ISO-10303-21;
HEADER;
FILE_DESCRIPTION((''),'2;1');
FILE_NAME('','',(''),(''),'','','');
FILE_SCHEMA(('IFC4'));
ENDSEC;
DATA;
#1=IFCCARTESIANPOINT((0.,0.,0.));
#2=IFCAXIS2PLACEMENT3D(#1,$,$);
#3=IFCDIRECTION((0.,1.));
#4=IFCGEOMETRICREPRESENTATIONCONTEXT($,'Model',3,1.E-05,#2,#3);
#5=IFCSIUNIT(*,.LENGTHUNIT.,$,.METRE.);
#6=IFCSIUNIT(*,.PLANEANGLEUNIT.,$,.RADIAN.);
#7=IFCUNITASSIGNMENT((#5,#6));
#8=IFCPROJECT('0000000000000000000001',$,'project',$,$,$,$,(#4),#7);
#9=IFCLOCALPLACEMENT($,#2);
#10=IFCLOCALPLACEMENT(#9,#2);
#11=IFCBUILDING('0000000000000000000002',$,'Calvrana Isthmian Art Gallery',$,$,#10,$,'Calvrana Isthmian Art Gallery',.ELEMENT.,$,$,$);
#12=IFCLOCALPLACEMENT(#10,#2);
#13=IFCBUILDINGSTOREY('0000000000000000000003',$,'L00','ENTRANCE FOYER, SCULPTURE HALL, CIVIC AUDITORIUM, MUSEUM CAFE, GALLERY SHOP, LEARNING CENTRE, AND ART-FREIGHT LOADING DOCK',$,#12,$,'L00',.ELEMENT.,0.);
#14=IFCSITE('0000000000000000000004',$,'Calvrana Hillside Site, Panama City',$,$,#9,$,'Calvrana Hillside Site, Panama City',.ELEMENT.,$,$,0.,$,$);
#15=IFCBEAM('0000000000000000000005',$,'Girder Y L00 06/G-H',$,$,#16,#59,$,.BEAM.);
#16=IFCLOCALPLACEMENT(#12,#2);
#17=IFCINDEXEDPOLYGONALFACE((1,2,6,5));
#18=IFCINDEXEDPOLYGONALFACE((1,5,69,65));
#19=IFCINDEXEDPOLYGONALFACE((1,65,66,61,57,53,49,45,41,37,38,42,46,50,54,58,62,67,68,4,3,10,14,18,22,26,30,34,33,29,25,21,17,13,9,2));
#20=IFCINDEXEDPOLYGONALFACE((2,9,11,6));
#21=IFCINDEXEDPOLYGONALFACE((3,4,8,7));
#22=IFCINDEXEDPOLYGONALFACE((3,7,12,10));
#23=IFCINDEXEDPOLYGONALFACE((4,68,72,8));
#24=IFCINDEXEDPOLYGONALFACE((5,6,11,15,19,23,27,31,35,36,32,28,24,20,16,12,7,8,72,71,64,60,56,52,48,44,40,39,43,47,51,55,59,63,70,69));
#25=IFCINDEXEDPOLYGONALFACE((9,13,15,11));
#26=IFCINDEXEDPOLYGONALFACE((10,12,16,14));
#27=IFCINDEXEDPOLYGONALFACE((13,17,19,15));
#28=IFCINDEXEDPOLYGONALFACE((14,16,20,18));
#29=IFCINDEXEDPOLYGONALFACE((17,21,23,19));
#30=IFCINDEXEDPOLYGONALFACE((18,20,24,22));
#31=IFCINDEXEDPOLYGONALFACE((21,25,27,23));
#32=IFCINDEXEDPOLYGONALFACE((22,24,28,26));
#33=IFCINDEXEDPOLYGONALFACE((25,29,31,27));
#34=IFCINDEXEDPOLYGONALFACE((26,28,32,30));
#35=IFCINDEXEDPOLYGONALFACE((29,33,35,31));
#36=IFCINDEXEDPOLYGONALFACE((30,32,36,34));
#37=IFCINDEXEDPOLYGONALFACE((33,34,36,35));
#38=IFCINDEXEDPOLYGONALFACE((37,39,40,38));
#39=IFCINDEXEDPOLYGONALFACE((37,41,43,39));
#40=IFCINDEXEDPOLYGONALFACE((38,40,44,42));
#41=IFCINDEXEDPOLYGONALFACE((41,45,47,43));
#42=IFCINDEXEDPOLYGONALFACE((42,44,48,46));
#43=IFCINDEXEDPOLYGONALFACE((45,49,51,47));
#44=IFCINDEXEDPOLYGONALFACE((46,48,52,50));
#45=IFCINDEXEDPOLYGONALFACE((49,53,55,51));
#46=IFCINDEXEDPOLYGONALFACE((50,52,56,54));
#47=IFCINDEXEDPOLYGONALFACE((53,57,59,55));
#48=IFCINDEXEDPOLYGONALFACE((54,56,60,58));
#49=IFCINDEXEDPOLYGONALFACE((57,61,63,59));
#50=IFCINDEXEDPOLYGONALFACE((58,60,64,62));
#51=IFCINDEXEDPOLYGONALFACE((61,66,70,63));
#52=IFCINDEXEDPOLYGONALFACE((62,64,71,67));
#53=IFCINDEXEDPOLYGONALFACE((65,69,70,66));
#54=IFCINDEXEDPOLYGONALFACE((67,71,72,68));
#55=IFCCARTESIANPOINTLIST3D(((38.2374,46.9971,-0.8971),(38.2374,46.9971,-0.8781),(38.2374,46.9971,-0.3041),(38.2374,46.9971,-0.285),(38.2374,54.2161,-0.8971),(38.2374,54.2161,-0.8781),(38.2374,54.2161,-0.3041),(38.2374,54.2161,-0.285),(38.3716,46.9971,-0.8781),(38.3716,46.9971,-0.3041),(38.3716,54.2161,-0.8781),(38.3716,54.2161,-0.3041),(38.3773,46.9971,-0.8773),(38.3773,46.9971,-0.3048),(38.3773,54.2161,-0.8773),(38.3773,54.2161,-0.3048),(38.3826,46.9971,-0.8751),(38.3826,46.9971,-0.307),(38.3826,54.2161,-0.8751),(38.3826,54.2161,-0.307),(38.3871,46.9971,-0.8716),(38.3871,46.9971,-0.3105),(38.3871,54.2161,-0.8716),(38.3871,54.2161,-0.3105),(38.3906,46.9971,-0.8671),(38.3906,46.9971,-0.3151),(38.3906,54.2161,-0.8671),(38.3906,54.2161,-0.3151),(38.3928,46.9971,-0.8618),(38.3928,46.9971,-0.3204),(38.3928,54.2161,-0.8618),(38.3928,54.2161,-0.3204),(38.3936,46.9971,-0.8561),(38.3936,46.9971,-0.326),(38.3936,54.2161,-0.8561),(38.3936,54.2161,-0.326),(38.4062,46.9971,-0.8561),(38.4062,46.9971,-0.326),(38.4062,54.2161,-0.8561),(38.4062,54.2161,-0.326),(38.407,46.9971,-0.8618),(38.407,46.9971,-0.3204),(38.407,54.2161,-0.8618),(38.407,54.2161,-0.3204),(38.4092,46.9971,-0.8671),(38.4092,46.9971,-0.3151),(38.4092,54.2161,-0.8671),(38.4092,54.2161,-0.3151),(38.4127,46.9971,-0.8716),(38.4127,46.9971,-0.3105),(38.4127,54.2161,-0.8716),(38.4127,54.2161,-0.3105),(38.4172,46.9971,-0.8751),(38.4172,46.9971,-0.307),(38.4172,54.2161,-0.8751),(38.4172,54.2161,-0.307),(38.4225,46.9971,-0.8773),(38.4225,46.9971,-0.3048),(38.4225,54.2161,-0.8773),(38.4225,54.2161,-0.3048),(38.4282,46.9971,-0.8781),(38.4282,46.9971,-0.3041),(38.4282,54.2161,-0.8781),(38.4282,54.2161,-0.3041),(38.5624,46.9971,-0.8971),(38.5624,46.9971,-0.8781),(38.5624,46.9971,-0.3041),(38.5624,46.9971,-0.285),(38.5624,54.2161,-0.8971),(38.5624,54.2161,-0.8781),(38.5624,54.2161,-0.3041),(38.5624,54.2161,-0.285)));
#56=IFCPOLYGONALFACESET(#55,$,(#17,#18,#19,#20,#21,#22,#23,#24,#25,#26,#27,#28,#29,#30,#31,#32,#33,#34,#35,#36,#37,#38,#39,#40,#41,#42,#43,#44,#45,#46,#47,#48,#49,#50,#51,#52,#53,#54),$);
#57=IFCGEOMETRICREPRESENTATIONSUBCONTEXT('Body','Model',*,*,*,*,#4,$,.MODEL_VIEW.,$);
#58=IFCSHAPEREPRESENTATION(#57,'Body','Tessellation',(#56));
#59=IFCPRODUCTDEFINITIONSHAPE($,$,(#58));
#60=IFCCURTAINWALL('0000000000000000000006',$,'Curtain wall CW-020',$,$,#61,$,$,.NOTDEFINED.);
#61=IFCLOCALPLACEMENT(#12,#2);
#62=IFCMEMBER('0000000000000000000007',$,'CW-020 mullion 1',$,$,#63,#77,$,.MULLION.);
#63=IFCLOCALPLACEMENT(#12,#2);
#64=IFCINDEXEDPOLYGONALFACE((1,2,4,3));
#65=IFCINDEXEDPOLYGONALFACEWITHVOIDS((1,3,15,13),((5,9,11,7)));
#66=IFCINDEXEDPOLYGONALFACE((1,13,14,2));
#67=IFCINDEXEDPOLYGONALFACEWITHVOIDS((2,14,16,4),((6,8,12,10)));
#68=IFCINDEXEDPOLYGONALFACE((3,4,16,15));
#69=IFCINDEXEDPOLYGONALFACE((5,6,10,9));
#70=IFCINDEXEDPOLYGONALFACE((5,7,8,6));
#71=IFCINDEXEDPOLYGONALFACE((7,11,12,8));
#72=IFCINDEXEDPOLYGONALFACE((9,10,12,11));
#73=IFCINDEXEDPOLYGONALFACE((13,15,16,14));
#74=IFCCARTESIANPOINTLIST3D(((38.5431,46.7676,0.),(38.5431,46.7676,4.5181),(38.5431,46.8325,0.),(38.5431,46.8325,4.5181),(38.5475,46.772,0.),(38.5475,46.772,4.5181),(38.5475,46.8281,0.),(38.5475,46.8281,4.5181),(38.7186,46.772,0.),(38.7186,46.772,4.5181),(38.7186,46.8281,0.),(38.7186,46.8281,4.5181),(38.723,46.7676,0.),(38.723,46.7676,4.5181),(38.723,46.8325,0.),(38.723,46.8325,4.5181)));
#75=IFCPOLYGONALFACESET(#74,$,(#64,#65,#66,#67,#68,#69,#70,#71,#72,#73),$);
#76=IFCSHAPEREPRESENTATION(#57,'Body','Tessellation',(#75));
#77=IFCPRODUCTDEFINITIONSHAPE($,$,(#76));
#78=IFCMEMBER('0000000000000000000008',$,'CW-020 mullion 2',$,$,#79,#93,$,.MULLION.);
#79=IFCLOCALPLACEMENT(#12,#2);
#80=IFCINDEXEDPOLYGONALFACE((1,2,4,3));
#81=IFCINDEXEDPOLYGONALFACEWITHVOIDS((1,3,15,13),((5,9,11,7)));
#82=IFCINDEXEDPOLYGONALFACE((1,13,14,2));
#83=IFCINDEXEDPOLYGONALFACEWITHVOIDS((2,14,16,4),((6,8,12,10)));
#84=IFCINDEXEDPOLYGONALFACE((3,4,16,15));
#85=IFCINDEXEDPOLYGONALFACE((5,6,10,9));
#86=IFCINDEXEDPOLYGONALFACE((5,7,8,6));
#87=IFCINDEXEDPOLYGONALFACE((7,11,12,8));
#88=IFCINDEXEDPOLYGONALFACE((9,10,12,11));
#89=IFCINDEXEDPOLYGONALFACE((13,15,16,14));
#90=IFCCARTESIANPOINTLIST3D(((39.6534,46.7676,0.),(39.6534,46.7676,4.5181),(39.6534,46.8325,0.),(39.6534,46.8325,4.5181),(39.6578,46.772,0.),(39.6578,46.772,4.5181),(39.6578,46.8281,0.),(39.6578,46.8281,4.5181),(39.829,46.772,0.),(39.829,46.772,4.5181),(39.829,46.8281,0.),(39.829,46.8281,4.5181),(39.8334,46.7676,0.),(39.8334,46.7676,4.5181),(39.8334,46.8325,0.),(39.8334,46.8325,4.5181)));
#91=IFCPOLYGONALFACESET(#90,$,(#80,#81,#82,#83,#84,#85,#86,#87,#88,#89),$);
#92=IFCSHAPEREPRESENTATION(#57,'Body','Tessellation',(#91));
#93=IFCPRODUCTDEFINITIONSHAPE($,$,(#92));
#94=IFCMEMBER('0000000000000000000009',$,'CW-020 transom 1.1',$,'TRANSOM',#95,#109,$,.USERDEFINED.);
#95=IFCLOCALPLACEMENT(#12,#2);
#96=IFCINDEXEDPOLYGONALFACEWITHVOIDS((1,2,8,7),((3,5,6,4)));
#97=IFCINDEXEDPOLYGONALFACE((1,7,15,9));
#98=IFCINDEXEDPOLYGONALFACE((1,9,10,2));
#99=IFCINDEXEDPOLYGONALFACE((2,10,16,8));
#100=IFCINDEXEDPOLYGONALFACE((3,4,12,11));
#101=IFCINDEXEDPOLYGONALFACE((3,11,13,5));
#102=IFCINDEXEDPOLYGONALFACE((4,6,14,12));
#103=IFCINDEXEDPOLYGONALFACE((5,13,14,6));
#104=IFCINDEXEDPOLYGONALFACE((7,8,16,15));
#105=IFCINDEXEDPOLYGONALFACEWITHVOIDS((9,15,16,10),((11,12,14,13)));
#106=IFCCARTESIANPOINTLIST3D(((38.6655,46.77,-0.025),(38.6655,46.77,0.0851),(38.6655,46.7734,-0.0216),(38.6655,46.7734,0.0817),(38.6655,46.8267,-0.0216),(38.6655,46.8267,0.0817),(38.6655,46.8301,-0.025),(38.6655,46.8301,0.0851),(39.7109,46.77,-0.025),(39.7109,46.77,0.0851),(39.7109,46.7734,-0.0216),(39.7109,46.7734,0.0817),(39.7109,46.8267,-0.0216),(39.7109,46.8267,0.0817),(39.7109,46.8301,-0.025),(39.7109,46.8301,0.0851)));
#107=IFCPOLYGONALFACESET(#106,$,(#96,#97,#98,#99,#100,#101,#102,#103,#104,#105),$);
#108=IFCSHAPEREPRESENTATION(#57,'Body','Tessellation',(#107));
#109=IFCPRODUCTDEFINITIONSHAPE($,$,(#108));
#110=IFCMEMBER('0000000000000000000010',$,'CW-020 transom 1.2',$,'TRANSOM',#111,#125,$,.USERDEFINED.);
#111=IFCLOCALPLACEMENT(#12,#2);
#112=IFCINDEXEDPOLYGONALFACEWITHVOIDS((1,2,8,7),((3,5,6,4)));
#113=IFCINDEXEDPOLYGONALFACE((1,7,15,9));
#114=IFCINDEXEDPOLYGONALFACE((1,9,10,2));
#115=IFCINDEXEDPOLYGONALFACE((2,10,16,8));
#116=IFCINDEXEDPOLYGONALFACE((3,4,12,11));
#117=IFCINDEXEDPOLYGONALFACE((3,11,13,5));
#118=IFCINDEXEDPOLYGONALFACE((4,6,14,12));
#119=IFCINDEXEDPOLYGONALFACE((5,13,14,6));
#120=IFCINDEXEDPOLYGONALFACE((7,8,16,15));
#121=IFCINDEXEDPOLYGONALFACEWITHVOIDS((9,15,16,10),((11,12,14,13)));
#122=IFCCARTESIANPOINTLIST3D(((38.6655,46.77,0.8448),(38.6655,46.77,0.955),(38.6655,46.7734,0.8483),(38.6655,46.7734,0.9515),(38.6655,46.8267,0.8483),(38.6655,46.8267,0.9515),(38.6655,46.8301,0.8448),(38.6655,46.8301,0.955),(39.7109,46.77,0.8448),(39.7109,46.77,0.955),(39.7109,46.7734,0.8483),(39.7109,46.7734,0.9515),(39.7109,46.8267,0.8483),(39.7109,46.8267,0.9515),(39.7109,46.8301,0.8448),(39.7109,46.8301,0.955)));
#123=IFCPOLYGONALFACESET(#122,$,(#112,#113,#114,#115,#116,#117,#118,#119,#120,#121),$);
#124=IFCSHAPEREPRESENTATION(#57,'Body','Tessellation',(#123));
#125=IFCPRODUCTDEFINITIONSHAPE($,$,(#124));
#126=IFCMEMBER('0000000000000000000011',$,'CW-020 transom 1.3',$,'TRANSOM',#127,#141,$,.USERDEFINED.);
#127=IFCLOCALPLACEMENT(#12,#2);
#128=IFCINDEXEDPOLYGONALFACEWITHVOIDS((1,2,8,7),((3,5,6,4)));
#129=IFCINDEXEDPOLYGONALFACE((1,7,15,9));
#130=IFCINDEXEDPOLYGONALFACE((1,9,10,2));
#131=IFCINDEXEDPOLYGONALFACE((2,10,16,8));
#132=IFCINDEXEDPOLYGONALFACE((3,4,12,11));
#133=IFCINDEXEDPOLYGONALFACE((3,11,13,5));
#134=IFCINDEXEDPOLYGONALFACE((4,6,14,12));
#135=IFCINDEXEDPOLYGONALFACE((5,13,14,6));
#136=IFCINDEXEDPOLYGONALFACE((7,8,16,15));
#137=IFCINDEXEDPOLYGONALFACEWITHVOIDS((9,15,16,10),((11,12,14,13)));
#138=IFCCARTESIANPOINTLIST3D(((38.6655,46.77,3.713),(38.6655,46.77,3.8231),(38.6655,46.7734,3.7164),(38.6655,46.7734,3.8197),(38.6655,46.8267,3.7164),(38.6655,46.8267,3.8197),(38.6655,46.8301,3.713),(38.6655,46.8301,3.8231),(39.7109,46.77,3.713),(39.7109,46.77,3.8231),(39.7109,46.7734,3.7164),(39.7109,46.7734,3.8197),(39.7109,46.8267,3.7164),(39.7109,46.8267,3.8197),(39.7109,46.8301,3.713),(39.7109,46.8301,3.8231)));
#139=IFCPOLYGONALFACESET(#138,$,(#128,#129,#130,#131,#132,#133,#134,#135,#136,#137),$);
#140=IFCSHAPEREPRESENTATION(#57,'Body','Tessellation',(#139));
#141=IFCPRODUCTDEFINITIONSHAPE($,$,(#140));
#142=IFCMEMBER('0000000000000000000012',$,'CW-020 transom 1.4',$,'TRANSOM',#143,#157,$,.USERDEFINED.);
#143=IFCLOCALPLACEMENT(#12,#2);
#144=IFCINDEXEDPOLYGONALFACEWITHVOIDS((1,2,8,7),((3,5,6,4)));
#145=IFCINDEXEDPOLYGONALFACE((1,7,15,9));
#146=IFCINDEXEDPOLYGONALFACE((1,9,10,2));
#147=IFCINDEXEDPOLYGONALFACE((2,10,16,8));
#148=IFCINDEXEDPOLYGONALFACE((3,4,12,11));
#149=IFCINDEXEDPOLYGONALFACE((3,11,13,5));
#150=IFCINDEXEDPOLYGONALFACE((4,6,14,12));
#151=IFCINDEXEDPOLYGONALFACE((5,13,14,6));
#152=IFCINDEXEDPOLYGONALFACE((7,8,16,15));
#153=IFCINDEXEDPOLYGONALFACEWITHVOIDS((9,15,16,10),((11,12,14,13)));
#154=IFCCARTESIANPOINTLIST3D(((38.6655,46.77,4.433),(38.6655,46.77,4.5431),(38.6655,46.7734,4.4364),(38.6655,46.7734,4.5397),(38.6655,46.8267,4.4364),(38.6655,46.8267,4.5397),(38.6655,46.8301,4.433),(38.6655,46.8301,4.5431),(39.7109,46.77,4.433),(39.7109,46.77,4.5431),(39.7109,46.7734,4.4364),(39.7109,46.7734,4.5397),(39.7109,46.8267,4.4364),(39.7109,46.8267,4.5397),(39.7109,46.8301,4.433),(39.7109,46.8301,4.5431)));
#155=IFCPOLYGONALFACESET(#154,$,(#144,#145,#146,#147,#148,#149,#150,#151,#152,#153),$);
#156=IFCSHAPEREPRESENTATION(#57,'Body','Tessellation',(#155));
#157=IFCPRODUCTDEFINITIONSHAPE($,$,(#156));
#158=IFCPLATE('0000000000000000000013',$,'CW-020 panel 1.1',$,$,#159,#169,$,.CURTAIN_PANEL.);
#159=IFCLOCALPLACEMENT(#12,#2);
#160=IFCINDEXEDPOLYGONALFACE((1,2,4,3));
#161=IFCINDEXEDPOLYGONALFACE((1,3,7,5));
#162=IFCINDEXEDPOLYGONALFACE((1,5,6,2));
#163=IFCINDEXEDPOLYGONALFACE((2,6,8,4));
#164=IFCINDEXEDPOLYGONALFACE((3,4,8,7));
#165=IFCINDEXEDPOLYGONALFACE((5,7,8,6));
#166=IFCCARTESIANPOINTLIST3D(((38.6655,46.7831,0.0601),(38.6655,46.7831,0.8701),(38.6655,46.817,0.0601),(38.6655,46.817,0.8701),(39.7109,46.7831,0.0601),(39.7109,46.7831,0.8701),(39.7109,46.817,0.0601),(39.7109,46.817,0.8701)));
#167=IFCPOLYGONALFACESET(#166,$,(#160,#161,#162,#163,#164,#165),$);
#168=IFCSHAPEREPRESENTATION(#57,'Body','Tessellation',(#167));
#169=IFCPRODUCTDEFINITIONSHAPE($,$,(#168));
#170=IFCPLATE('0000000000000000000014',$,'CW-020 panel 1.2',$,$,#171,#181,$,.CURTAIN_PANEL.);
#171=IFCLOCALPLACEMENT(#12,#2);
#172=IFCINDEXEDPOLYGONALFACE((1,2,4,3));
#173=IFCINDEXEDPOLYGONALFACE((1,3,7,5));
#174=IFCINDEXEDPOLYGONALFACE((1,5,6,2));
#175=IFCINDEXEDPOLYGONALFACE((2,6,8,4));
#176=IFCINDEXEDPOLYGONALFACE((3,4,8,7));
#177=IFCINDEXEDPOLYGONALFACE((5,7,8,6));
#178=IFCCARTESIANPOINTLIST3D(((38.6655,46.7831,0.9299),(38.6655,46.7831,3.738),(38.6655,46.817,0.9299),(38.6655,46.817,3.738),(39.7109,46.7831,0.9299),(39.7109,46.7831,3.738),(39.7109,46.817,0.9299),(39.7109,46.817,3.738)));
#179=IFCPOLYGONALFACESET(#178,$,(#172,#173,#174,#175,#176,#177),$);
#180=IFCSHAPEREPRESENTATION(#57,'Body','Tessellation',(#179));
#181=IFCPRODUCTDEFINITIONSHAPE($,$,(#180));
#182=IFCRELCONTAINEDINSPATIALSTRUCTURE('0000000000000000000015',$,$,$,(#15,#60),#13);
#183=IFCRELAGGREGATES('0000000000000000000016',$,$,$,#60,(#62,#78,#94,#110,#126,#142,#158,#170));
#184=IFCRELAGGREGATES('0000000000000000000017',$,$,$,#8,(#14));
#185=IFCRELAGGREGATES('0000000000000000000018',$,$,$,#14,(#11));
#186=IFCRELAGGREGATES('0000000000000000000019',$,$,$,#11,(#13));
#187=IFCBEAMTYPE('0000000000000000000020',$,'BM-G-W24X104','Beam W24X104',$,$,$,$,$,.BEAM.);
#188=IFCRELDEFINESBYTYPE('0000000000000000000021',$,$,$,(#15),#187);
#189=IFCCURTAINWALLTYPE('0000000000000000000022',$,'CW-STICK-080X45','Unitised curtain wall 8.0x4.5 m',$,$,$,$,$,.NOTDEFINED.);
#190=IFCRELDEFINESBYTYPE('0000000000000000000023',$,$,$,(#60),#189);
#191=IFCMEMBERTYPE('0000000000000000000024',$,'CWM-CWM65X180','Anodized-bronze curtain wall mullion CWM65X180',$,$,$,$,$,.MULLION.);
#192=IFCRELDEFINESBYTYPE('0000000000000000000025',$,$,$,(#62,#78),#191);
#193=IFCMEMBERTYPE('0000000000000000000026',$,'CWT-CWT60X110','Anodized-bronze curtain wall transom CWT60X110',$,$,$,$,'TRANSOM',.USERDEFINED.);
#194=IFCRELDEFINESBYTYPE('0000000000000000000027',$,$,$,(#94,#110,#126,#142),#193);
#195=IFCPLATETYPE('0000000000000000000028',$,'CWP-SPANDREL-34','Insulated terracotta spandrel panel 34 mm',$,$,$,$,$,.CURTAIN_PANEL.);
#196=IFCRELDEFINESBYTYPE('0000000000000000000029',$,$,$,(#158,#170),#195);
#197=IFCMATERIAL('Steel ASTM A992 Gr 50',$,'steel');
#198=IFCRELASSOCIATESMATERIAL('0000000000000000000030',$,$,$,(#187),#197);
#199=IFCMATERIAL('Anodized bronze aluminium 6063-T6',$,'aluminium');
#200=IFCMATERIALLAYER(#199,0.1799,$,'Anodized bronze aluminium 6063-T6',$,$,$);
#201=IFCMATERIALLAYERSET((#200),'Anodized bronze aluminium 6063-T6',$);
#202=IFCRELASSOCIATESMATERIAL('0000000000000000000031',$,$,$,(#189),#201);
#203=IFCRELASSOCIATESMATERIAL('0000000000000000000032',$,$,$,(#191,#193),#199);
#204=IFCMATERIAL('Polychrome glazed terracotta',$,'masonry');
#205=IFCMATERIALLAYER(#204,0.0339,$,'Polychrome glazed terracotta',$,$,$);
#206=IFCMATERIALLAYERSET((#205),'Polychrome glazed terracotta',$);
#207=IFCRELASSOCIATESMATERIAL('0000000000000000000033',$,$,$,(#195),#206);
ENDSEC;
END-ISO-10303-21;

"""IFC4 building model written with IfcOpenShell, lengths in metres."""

from ifc_helpers import new_model, si_unit, direction, frame, origin, origin_2d, place, context, subcontext, project, spatial, rectangle, hollow_rectangle, i_section, extrude, material, layer, layer_set, material_profile, profile_set, type_object, element, aggregate, save


model = new_model("IFC4")

# Units and contexts
model_context = context("Model", 3, precision=1e-05, world=origin(), true_north=direction((0.0, 1.0)))
body_context = subcontext(model_context, "Body", "Model", "MODEL_VIEW")
ifc_project = project(units=[si_unit("LENGTHUNIT", "METRE"), si_unit("PLANEANGLEUNIT", "RADIAN")], contexts=[model_context])

# Site, building, storey
site_placement = place(None, origin())
site = spatial("IfcSite", under=ifc_project, at=site_placement, Name="Calvrana Hillside Site, Panama City", LongName="Calvrana Hillside Site, Panama City", CompositionType="ELEMENT", RefElevation=0.0)
building_placement = place(site_placement, origin())
building = spatial("IfcBuilding", under=site, at=building_placement, Name="Calvrana Isthmian Art Gallery", LongName="Calvrana Isthmian Art Gallery", CompositionType="ELEMENT")
storey_placement = place(building_placement, origin())
storey = spatial("IfcBuildingStorey", under=building, at=storey_placement, Name="L00", Description="ENTRANCE FOYER, SCULPTURE HALL, CIVIC AUDITORIUM, MUSEUM CAFE, GALLERY SHOP, LEARNING CENTRE, AND ART-FREIGHT LOADING DOCK", LongName="L00", CompositionType="ELEMENT", Elevation=0.0)

# Beam
ifc_material_1 = material(Name="Steel ASTM A992 Gr 50", Category="steel")
ifc_material_profile_1 = material_profile(ifc_material_1, i_section(OverallWidth=0.325, OverallDepth=0.6121, WebThickness=0.0127, FlangeThickness=0.019, FilletRadius=0.022, at=origin_2d()), Name="W24X104")
ifc_profile_set_1 = profile_set([ifc_material_profile_1], Name="Steel ASTM A992 Gr 50")
beam_type = type_object("IfcBeamType", Name="BM-G-W24X104", Description="Beam W24X104", PredefinedType="BEAM", material=ifc_profile_set_1)
beam_placement = place(storey_placement, frame((38.3999, 46.9971, -0.5911), z_axis=(0.0, 1.0, 0.0), x_axis=(-1.0, 0.0, 0.0)))
element("IfcBeam", 1, at=beam_placement, inside=storey, type_object=beam_type, Name="Girder Y L00 06/G-H", PredefinedType="BEAM", context=body_context, shape_type="SweptSolid", body=[
    extrude(i_section(OverallWidth=0.325, OverallDepth=0.6121, WebThickness=0.0127, FlangeThickness=0.019, FilletRadius=0.022, at=origin_2d()), origin(), (0.0, 0.0, 1.0), 7.219),
])

# Curtain wall, members, plates
ifc_material_2 = material(Name="Anodized bronze aluminium 6063-T6", Category="aluminium")
ifc_layer_1 = layer(ifc_material_2, 0.1799, Name="Anodized bronze aluminium 6063-T6")
ifc_layer_set_1 = layer_set([ifc_layer_1], Name="Anodized bronze aluminium 6063-T6")
curtain_wall_type = type_object("IfcCurtainWallType", Name="CW-STICK-080X45", Description="Unitised curtain wall 8.0x4.5 m", PredefinedType="NOTDEFINED", material=ifc_layer_set_1)
curtain_wall_placement = place(storey_placement, origin())
curtain_wall = element("IfcCurtainWall", 2, at=curtain_wall_placement, inside=storey, type_object=curtain_wall_type, Name="Curtain wall CW-020", PredefinedType="NOTDEFINED")
ifc_material_profile_2 = material_profile(ifc_material_2, hollow_rectangle(XDim=0.0649, YDim=0.1799, WallThickness=0.0044, at=origin_2d()), Name="CWM65X180")
ifc_profile_set_2 = profile_set([ifc_material_profile_2], Name="Anodized bronze aluminium 6063-T6")
member_type_1 = type_object("IfcMemberType", Name="CWM-CWM65X180", Description="Anodized-bronze curtain wall mullion CWM65X180", PredefinedType="MULLION", material=ifc_profile_set_2)
member_1_placement = place(storey_placement, frame((38.6331, 46.8, 0.0), z_axis=(0.0, 0.0, 1.0), x_axis=(0.0, 1.0, 0.0)))
member_1 = element("IfcMember", 3, at=member_1_placement, type_object=member_type_1, Name="CW-020 mullion 1", PredefinedType="MULLION", context=body_context, shape_type="SweptSolid", body=[
    extrude(hollow_rectangle(XDim=0.0649, YDim=0.1799, WallThickness=0.0044, at=origin_2d()), origin(), (0.0, 0.0, 1.0), 4.5181),
])
member_2_placement = place(storey_placement, frame((39.7434, 46.8, 0.0), z_axis=(0.0, 0.0, 1.0), x_axis=(0.0, 1.0, 0.0)))
member_2 = element("IfcMember", 4, at=member_2_placement, type_object=member_type_1, Name="CW-020 mullion 2", PredefinedType="MULLION", context=body_context, shape_type="SweptSolid", body=[
    extrude(hollow_rectangle(XDim=0.0649, YDim=0.1799, WallThickness=0.0044, at=origin_2d()), origin(), (0.0, 0.0, 1.0), 4.5181),
])
ifc_material_profile_3 = material_profile(ifc_material_2, hollow_rectangle(XDim=0.0601, YDim=0.1101, WallThickness=0.0034, at=origin_2d()), Name="CWT60X110")
ifc_profile_set_3 = profile_set([ifc_material_profile_3], Name="Anodized bronze aluminium 6063-T6")
member_type_2 = type_object("IfcMemberType", Name="CWT-CWT60X110", Description="Anodized-bronze curtain wall transom CWT60X110", ElementType="TRANSOM", PredefinedType="USERDEFINED", material=ifc_profile_set_3)
member_3_placement = place(storey_placement, frame((38.6655, 46.8, 0.03), z_axis=(1.0, 0.0, 0.0), x_axis=(0.0, 1.0, 0.0)))
member_3 = element("IfcMember", 5, at=member_3_placement, type_object=member_type_2, Name="CW-020 transom 1.1", ObjectType="TRANSOM", PredefinedType="USERDEFINED", context=body_context, shape_type="SweptSolid", body=[
    extrude(hollow_rectangle(XDim=0.0601, YDim=0.1101, WallThickness=0.0034, at=origin_2d()), origin(), (0.0, 0.0, 1.0), 1.0454),
])
member_4_placement = place(storey_placement, frame((38.6655, 46.8, 0.8999), z_axis=(1.0, 0.0, 0.0), x_axis=(0.0, 1.0, 0.0)))
member_4 = element("IfcMember", 6, at=member_4_placement, type_object=member_type_2, Name="CW-020 transom 1.2", ObjectType="TRANSOM", PredefinedType="USERDEFINED", context=body_context, shape_type="SweptSolid", body=[
    extrude(hollow_rectangle(XDim=0.0601, YDim=0.1101, WallThickness=0.0034, at=origin_2d()), origin(), (0.0, 0.0, 1.0), 1.0454),
])
member_5_placement = place(storey_placement, frame((38.6655, 46.8, 3.7681), z_axis=(1.0, 0.0, 0.0), x_axis=(0.0, 1.0, 0.0)))
member_5 = element("IfcMember", 7, at=member_5_placement, type_object=member_type_2, Name="CW-020 transom 1.3", ObjectType="TRANSOM", PredefinedType="USERDEFINED", context=body_context, shape_type="SweptSolid", body=[
    extrude(hollow_rectangle(XDim=0.0601, YDim=0.1101, WallThickness=0.0034, at=origin_2d()), origin(), (0.0, 0.0, 1.0), 1.0454),
])
member_6_placement = place(storey_placement, frame((38.6655, 46.8, 4.488), z_axis=(1.0, 0.0, 0.0), x_axis=(0.0, 1.0, 0.0)))
member_6 = element("IfcMember", 8, at=member_6_placement, type_object=member_type_2, Name="CW-020 transom 1.4", ObjectType="TRANSOM", PredefinedType="USERDEFINED", context=body_context, shape_type="SweptSolid", body=[
    extrude(hollow_rectangle(XDim=0.0601, YDim=0.1101, WallThickness=0.0034, at=origin_2d()), origin(), (0.0, 0.0, 1.0), 1.0454),
])
ifc_material_3 = material(Name="Polychrome glazed terracotta", Category="masonry")
ifc_layer_2 = layer(ifc_material_3, 0.0339, Name="Polychrome glazed terracotta")
ifc_layer_set_2 = layer_set([ifc_layer_2], Name="Polychrome glazed terracotta")
plate_type = type_object("IfcPlateType", Name="CWP-SPANDREL-34", Description="Insulated terracotta spandrel panel 34 mm", PredefinedType="CURTAIN_PANEL", material=ifc_layer_set_2)
plate_1_placement = place(storey_placement, frame((39.1882, 46.8, 0.0601), z_axis=(0.0, 0.0, 1.0), x_axis=(1.0, 0.0, 0.0)))
plate_1 = element("IfcPlate", 9, at=plate_1_placement, type_object=plate_type, Name="CW-020 panel 1.1", PredefinedType="CURTAIN_PANEL", context=body_context, shape_type="SweptSolid", body=[
    extrude(rectangle(XDim=1.0454, YDim=0.0339, at=origin_2d()), origin(), (0.0, 0.0, 1.0), 0.8101),
])
plate_2_placement = place(storey_placement, frame((39.1882, 46.8, 0.9299), z_axis=(0.0, 0.0, 1.0), x_axis=(1.0, 0.0, 0.0)))
plate_2 = element("IfcPlate", 10, at=plate_2_placement, type_object=plate_type, Name="CW-020 panel 1.2", PredefinedType="CURTAIN_PANEL", context=body_context, shape_type="SweptSolid", body=[
    extrude(rectangle(XDim=1.0454, YDim=0.0339, at=origin_2d()), origin(), (0.0, 0.0, 1.0), 2.8081),
])
aggregate(curtain_wall, [member_1, member_2, member_3, member_4, member_5, member_6, plate_1, plate_2])

save(model, "model.ifc")
